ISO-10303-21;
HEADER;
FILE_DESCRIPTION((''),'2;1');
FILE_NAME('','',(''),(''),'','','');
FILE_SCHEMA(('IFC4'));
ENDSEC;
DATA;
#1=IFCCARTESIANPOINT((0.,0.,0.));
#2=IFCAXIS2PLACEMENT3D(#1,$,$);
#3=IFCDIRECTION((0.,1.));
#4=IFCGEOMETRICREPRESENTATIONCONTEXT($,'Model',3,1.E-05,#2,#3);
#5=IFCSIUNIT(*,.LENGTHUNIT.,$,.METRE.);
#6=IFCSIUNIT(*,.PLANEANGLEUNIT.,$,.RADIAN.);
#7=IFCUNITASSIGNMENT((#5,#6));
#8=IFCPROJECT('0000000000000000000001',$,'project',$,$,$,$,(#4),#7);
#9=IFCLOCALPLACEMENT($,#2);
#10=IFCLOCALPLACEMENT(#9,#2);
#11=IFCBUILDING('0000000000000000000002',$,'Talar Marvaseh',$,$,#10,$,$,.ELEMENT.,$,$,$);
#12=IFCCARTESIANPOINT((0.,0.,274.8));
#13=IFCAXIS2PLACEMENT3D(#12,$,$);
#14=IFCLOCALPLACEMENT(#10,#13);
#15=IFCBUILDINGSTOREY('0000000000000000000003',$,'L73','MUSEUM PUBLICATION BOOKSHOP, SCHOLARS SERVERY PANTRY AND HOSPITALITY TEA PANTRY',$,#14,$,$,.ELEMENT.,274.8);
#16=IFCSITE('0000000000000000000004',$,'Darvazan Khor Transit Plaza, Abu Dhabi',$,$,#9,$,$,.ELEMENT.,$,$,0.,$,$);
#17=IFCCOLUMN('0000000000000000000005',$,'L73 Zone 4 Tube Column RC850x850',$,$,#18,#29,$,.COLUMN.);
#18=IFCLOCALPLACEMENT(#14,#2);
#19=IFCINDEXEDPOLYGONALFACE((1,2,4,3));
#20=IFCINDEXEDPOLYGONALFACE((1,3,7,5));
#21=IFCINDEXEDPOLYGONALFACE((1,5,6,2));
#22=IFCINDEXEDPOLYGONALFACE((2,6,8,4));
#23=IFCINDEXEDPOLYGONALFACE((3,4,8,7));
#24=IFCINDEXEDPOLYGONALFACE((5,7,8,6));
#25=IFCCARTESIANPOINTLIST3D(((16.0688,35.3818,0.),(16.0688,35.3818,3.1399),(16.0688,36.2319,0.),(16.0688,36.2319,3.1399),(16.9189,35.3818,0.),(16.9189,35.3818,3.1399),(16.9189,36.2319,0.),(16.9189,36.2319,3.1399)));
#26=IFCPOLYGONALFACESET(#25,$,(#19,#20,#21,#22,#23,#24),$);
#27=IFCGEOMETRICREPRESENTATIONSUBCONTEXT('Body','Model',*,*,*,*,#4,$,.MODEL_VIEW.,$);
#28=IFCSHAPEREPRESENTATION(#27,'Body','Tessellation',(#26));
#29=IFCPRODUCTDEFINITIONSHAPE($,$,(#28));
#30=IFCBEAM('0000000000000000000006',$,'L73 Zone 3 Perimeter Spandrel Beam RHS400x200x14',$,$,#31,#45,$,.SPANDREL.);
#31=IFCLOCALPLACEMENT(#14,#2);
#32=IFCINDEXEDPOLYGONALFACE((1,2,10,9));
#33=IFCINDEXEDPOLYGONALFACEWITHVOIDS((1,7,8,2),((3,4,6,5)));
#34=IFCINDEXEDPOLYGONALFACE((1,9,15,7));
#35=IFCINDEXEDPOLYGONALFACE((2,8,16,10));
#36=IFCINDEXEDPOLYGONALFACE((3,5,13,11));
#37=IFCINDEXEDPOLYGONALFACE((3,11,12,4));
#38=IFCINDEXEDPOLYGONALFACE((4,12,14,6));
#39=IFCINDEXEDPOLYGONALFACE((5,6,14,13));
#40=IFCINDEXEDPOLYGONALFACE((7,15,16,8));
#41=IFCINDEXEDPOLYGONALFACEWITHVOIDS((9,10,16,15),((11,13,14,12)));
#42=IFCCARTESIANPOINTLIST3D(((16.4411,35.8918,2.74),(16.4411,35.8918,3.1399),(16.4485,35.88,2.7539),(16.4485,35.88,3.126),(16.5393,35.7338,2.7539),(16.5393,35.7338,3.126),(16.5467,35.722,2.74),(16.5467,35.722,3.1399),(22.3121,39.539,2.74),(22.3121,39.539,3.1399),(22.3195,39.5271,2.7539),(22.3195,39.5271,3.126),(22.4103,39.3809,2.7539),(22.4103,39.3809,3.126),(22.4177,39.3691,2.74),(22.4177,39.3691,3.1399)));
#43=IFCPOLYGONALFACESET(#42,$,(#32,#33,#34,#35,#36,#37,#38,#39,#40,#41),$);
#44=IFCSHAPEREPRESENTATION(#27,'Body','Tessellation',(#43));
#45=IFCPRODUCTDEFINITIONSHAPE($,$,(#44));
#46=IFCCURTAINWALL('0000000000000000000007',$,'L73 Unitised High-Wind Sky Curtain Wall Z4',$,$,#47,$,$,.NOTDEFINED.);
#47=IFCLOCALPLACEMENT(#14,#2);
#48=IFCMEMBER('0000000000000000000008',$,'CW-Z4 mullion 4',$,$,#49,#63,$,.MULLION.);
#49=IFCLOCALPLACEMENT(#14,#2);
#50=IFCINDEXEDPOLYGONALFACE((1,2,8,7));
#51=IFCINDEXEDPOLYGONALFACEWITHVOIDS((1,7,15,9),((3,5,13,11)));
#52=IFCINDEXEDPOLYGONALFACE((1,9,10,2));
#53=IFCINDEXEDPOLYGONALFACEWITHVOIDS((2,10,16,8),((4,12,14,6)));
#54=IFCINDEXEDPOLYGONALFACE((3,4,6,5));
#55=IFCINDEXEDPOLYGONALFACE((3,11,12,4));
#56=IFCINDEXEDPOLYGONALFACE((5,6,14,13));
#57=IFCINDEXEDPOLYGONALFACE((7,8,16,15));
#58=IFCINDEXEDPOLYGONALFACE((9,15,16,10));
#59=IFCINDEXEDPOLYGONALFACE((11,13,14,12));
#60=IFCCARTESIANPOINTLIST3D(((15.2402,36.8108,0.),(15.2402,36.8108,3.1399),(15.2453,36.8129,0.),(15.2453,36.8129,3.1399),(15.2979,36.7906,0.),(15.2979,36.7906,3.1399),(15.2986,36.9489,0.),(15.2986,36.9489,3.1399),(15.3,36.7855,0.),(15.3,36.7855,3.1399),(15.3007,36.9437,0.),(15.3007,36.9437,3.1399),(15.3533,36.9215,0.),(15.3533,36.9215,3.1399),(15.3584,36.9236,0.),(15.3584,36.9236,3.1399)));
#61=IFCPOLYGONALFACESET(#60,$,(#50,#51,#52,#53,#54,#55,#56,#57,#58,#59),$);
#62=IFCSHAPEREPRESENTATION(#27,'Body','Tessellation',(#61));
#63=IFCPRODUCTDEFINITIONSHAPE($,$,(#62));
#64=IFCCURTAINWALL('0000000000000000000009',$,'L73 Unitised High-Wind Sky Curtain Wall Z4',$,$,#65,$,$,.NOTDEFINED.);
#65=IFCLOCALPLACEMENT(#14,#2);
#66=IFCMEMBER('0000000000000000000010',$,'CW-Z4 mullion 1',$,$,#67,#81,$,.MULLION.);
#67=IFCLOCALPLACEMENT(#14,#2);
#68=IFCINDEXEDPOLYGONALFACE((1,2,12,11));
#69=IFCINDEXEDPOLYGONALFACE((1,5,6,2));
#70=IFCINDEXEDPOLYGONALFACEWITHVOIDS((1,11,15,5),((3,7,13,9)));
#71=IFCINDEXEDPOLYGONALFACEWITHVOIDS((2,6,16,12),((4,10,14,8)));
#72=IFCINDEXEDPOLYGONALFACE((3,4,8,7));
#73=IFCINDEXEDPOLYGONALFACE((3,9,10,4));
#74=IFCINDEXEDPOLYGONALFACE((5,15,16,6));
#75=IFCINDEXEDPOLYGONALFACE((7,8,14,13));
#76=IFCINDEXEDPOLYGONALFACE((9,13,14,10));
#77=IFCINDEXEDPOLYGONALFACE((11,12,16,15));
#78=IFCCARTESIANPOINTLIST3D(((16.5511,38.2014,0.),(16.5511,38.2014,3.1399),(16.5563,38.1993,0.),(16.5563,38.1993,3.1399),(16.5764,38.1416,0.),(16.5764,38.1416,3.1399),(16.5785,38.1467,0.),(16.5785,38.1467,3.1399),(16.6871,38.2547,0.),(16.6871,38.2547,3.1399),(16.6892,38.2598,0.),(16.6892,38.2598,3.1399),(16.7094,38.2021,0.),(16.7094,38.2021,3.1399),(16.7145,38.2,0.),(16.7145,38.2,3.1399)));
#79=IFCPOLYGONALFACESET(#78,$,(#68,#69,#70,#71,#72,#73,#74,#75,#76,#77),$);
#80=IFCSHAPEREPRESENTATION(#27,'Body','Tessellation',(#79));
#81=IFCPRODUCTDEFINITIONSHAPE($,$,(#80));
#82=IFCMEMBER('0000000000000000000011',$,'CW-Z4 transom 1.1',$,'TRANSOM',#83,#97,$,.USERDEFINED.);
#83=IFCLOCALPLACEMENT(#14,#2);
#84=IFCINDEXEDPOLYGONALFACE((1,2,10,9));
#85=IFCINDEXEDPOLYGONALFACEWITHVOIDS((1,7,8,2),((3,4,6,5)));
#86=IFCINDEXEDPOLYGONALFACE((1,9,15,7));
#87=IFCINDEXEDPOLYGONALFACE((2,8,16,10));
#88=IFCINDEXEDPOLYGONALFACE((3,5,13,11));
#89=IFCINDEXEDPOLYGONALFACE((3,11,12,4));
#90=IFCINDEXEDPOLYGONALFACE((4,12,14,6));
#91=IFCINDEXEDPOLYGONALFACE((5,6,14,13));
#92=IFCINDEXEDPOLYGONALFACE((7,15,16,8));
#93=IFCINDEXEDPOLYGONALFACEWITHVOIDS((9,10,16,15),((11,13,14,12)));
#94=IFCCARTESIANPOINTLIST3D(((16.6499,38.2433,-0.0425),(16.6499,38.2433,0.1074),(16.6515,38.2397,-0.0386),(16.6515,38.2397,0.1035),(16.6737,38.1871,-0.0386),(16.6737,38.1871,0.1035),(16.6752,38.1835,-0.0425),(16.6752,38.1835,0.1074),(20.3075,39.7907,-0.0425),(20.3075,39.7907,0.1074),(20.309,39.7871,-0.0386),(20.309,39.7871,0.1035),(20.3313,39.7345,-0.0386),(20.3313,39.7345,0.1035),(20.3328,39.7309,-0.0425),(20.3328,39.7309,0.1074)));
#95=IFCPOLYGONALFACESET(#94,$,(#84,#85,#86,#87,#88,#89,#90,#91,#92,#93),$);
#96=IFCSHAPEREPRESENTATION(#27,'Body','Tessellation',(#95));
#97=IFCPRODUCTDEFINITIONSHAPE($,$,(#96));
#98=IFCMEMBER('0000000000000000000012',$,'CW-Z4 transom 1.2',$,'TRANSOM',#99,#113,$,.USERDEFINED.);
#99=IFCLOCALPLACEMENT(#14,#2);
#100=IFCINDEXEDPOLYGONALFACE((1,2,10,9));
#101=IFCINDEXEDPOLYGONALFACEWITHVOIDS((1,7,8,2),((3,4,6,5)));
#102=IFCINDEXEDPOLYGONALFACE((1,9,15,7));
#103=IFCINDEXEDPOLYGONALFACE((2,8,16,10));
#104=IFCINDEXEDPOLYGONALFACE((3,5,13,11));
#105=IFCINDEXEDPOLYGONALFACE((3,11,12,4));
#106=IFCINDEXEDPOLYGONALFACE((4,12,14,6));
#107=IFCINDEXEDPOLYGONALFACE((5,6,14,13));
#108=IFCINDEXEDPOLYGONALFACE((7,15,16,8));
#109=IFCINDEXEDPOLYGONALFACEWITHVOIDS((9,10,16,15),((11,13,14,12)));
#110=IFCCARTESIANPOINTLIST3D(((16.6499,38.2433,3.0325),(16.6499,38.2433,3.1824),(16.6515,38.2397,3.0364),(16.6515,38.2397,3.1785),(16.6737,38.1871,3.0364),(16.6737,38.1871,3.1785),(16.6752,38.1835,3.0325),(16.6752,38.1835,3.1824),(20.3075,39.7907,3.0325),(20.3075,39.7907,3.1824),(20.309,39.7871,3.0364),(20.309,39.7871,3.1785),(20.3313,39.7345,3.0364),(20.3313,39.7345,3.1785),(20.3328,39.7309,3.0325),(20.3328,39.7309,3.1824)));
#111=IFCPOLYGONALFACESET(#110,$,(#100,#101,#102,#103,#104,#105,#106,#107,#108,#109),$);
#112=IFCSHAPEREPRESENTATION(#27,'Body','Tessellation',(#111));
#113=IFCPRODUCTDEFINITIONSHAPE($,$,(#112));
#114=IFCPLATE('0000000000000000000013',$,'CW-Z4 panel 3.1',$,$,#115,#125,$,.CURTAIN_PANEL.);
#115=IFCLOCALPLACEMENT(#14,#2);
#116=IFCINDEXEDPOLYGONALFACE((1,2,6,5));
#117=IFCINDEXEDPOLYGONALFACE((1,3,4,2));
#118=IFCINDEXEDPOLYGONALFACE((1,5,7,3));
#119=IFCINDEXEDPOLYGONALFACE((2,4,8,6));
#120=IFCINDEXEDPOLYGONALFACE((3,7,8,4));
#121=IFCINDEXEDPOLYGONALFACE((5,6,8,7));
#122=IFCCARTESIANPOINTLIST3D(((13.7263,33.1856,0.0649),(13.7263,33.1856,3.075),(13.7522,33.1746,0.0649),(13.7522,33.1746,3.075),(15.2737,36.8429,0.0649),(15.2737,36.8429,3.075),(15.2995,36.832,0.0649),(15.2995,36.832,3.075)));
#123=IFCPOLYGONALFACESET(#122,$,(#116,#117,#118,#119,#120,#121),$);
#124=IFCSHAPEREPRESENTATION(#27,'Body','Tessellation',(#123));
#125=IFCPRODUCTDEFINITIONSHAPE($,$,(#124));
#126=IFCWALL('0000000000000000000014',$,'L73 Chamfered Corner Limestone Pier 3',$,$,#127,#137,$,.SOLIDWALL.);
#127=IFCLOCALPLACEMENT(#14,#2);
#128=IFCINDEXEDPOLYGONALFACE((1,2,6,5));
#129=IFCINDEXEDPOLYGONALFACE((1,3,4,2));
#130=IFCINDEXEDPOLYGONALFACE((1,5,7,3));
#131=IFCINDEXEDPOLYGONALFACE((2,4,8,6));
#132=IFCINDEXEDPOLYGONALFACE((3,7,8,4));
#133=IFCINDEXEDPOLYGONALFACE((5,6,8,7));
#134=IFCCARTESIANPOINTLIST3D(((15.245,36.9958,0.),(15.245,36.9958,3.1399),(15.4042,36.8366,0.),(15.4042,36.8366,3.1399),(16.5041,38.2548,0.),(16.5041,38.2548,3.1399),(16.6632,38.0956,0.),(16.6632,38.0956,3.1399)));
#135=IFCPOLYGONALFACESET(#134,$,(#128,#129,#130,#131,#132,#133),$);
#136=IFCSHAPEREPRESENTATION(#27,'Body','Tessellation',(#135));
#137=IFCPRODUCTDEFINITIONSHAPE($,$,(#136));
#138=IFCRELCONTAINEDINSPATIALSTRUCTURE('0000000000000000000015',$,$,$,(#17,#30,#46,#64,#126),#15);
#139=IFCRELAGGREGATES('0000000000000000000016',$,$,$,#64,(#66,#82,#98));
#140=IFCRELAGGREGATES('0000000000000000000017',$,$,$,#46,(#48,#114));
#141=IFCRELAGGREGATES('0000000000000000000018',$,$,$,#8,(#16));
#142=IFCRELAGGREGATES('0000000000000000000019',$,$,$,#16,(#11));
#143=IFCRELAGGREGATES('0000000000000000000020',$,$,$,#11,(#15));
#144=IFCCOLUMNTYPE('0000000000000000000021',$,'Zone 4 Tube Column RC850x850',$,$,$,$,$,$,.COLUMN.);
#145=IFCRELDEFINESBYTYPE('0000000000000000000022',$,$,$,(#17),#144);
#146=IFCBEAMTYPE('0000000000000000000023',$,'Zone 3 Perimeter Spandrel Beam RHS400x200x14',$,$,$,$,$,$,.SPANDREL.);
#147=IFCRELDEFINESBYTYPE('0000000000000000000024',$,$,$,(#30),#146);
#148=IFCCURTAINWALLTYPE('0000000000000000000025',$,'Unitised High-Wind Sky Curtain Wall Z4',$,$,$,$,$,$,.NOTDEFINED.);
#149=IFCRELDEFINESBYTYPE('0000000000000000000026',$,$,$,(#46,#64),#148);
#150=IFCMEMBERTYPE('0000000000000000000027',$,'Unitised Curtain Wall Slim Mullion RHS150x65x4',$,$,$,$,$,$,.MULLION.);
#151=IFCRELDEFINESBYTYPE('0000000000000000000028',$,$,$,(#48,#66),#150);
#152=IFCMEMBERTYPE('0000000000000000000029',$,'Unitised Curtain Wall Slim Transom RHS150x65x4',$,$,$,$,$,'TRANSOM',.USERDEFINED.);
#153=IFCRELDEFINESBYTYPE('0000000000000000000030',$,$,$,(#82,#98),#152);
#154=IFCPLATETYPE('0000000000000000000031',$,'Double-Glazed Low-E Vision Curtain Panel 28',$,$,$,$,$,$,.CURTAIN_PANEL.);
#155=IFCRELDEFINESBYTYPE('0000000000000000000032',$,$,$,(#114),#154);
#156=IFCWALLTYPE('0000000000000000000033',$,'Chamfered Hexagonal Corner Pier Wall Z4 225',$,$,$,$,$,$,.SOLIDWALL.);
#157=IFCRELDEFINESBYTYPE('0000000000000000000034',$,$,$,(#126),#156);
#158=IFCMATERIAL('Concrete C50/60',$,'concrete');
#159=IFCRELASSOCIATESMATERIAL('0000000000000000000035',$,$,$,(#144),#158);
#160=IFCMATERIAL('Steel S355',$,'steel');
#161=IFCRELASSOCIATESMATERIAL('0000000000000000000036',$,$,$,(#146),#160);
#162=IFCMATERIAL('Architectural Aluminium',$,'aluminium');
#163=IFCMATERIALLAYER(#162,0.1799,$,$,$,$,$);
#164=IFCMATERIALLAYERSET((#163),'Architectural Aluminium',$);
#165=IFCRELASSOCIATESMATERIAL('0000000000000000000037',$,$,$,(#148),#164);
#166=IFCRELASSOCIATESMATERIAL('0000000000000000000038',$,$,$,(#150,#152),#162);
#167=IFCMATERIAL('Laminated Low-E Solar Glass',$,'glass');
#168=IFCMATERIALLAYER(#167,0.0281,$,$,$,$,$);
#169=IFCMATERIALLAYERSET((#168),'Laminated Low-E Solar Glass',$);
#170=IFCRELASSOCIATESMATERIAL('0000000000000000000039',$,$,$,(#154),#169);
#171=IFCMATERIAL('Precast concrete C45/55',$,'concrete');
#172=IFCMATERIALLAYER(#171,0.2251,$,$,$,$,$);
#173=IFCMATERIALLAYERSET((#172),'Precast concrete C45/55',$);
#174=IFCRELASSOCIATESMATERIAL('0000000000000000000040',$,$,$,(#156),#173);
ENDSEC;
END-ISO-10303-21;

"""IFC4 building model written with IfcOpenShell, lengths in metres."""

from ifc_helpers import new_model, si_unit, direction, frame, frame_2d, origin, origin_2d, place, context, subcontext, project, spatial, rectangle, hollow_rectangle, extrude, source, transform, mapped, material, layer, layer_set, material_profile, profile_set, type_object, type_shapes, element, aggregate, save


model = new_model("IFC4")

# Units and contexts
model_context = context("Model", 3, precision=1e-05, world=origin(), true_north=direction((0.0, 1.0)))
body_context = subcontext(model_context, "Body", "Model", "MODEL_VIEW")
ifc_project = project(units=[si_unit("LENGTHUNIT", "METRE"), si_unit("PLANEANGLEUNIT", "RADIAN")], contexts=[model_context])

# Site, building, storey
site_placement = place(None, origin())
site = spatial("IfcSite", under=ifc_project, at=site_placement, Name="Darvazan Khor Transit Plaza, Abu Dhabi", CompositionType="ELEMENT", RefElevation=0.0)
building_placement = place(site_placement, origin())
building = spatial("IfcBuilding", under=site, at=building_placement, Name="Talar Marvaseh", CompositionType="ELEMENT")
storey_placement = place(building_placement, frame((0.0, 0.0, 274.8)))
storey = spatial("IfcBuildingStorey", under=building, at=storey_placement, Name="L73", Description="MUSEUM PUBLICATION BOOKSHOP, SCHOLARS SERVERY PANTRY AND HOSPITALITY TEA PANTRY", CompositionType="ELEMENT", Elevation=274.8)

# Column
ifc_material_1 = material(Name="Concrete C50/60", Category="concrete")
ifc_material_profile_1 = material_profile(ifc_material_1, rectangle(XDim=0.8501, YDim=0.8501, at=origin_2d()), Name="RC850x850")
ifc_profile_set_1 = profile_set([ifc_material_profile_1], Name="Concrete C50/60")
column_type = type_object("IfcColumnType", Name="Zone 4 Tube Column RC850x850", PredefinedType="COLUMN", material=ifc_profile_set_1)
column_placement = place(storey_placement, frame((16.4939, 35.8069, 0.0), z_axis=(0.0, 0.0, 1.0), x_axis=(1.0, 0.0, 0.0)))
element("IfcColumn", 1, at=column_placement, inside=storey, type_object=column_type, Name="L73 Zone 4 Tube Column RC850x850", PredefinedType="COLUMN", context=body_context, shape_type="SweptSolid", body=[
    extrude(rectangle(XDim=0.8501, YDim=0.8501, at=origin_2d()), origin(), (0.0, 0.0, 1.0), 3.1399),
])

# Beam
ifc_material_2 = material(Name="Steel S355", Category="steel")
ifc_material_profile_2 = material_profile(ifc_material_2, hollow_rectangle(XDim=0.2, YDim=0.3999, WallThickness=0.0139, at=origin_2d()), Name="RHS400x200x14")
ifc_profile_set_2 = profile_set([ifc_material_profile_2], Name="Steel S355")
beam_type = type_object("IfcBeamType", Name="Zone 3 Perimeter Spandrel Beam RHS400x200x14", PredefinedType="SPANDREL", material=ifc_profile_set_2)
beam_placement = place(storey_placement, frame((16.4939, 35.8069, 2.9399), z_axis=(0.84944, 0.527686, 0.0), x_axis=(-0.527686, 0.84944, 0.0)))
element("IfcBeam", 2, at=beam_placement, inside=storey, type_object=beam_type, Name="L73 Zone 3 Perimeter Spandrel Beam RHS400x200x14", PredefinedType="SPANDREL", context=body_context, shape_type="SweptSolid", body=[
    extrude(hollow_rectangle(XDim=0.2, YDim=0.3999, WallThickness=0.0139, at=origin_2d()), origin(), (0.0, 0.0, 1.0), 6.9116),
])

# Curtain wall, member
ifc_material_3 = material(Name="Architectural Aluminium", Category="aluminium")
ifc_layer_1 = layer(ifc_material_3, 0.1799)
ifc_layer_set_1 = layer_set([ifc_layer_1], Name="Architectural Aluminium")
curtain_wall_type = type_object("IfcCurtainWallType", Name="Unitised High-Wind Sky Curtain Wall Z4", PredefinedType="NOTDEFINED", material=ifc_layer_set_1)
curtain_wall_1_placement = place(storey_placement, origin())
curtain_wall_1 = element("IfcCurtainWall", 3, at=curtain_wall_1_placement, inside=storey, type_object=curtain_wall_type, Name="L73 Unitised High-Wind Sky Curtain Wall Z4", PredefinedType="NOTDEFINED")
ifc_material_profile_3 = material_profile(ifc_material_3, hollow_rectangle(XDim=0.0649, YDim=0.1499, WallThickness=0.0039, at=origin_2d()), Name="RHS150x65x4")
ifc_profile_set_3 = profile_set([ifc_material_profile_3], Name="Architectural Aluminium")
member_type_1 = type_object("IfcMemberType", Name="Unitised Curtain Wall Slim Mullion RHS150x65x4", PredefinedType="MULLION", material=ifc_profile_set_3)
shared_shape_1 = source(origin(), body_context, "Body", "SweptSolid", [
    extrude(hollow_rectangle(XDim=0.0649, YDim=0.1499, WallThickness=0.0039, at=origin_2d()), origin(), (0.0, 0.0, 1.0), 3.1399),
])
type_shapes(member_type_1, [shared_shape_1])
member_1_placement = place(storey_placement, frame((15.2993, 36.8672, 0.0), z_axis=(0.0, 0.0, 1.0), x_axis=(-0.920968, 0.389638, 0.0)))
member_1 = element("IfcMember", 4, at=member_1_placement, type_object=member_type_1, Name="CW-Z4 mullion 4", PredefinedType="MULLION", context=body_context, shape_type="MappedRepresentation", body=[
    mapped(shared_shape_1, transform((0.0, 0.0, 0.0), x_axis=(1.0, 0.0, 0.0), y_axis=(0.0, 1.0, 0.0), z_axis=(0.0, 0.0, 1.0), scale=1.0)),
])

# Curtain wall, members
curtain_wall_2_placement = place(storey_placement, origin())
curtain_wall_2 = element("IfcCurtainWall", 5, at=curtain_wall_2_placement, inside=storey, type_object=curtain_wall_type, Name="L73 Unitised High-Wind Sky Curtain Wall Z4", PredefinedType="NOTDEFINED")
member_2_placement = place(storey_placement, frame((16.6328, 38.2007, 0.0), z_axis=(0.0, 0.0, 1.0), x_axis=(-0.389638, 0.920968, 0.0)))
member_2 = element("IfcMember", 6, at=member_2_placement, type_object=member_type_1, Name="CW-Z4 mullion 1", PredefinedType="MULLION", context=body_context, shape_type="MappedRepresentation", body=[
    mapped(shared_shape_1, transform((0.0, 0.0, 0.0), x_axis=(1.0, 0.0, 0.0), y_axis=(0.0, 1.0, 0.0), z_axis=(0.0, 0.0, 1.0), scale=1.0)),
])
ifc_material_profile_4 = material_profile(ifc_material_3, hollow_rectangle(XDim=0.0649, YDim=0.1499, WallThickness=0.0039, at=origin_2d()), Name="RHS150x65x4")
ifc_profile_set_4 = profile_set([ifc_material_profile_4], Name="Architectural Aluminium")
member_type_2 = type_object("IfcMemberType", Name="Unitised Curtain Wall Slim Transom RHS150x65x4", ElementType="TRANSOM", PredefinedType="USERDEFINED", material=ifc_profile_set_4)
shared_shape_2 = source(origin(), body_context, "Body", "SweptSolid", [
    extrude(hollow_rectangle(XDim=0.0649, YDim=0.1499, WallThickness=0.0039, at=origin_2d()), origin(), (0.0, 0.0, 1.0), 3.9714),
])
type_shapes(member_type_2, [shared_shape_2])
member_3_placement = place(storey_placement, frame((16.6626, 38.2134, 0.0325), z_axis=(0.92097, 0.389634, 0.0), x_axis=(-0.389634, 0.92097, 0.0)))
member_3 = element("IfcMember", 7, at=member_3_placement, type_object=member_type_2, Name="CW-Z4 transom 1.1", ObjectType="TRANSOM", PredefinedType="USERDEFINED", context=body_context, shape_type="MappedRepresentation", body=[
    mapped(shared_shape_2, transform((0.0, 0.0, 0.0), x_axis=(1.0, 0.0, 0.0), y_axis=(0.0, 1.0, 0.0), z_axis=(0.0, 0.0, 1.0), scale=1.0)),
])
member_4_placement = place(storey_placement, frame((16.6626, 38.2134, 3.1074), z_axis=(0.92097, 0.389634, 0.0), x_axis=(-0.389634, 0.92097, 0.0)))
member_4 = element("IfcMember", 8, at=member_4_placement, type_object=member_type_2, Name="CW-Z4 transom 1.2", ObjectType="TRANSOM", PredefinedType="USERDEFINED", context=body_context, shape_type="MappedRepresentation", body=[
    mapped(shared_shape_2, transform((0.0, 0.0, 0.0), x_axis=(1.0, 0.0, 0.0), y_axis=(0.0, 1.0, 0.0), z_axis=(0.0, 0.0, 1.0), scale=1.0)),
])
aggregate(curtain_wall_2, [member_2, member_3, member_4])

# Plate
ifc_material_4 = material(Name="Laminated Low-E Solar Glass", Category="glass")
ifc_layer_2 = layer(ifc_material_4, 0.0281)
ifc_layer_set_2 = layer_set([ifc_layer_2], Name="Laminated Low-E Solar Glass")
plate_type = type_object("IfcPlateType", Name="Double-Glazed Low-E Vision Curtain Panel 28", PredefinedType="CURTAIN_PANEL", material=ifc_layer_set_2)
shared_shape_3 = source(origin(), body_context, "Body", "SweptSolid", [
    extrude(rectangle(XDim=3.9712, YDim=0.0281, at=origin_2d()), origin(), (0.0, 0.0, 1.0), 3.01),
])
type_shapes(plate_type, [shared_shape_3])
plate_placement = place(storey_placement, frame((14.5129, 35.0088, 0.0649), z_axis=(0.0, 0.0, 1.0), x_axis=(0.389638, 0.920968, 0.0)))
plate = element("IfcPlate", 9, at=plate_placement, type_object=plate_type, Name="CW-Z4 panel 3.1", PredefinedType="CURTAIN_PANEL", context=body_context, shape_type="MappedRepresentation", body=[
    mapped(shared_shape_3, transform((0.0, 0.0, 0.0), x_axis=(1.0, 0.0, 0.0), y_axis=(0.0, 1.0, 0.0), z_axis=(0.0, 0.0, 1.0), scale=1.0)),
])
aggregate(curtain_wall_1, [member_1, plate])

# Wall
ifc_material_5 = material(Name="Precast concrete C45/55", Category="concrete")
ifc_layer_3 = layer(ifc_material_5, 0.2251)
ifc_layer_set_3 = layer_set([ifc_layer_3], Name="Precast concrete C45/55")
wall_type_1 = type_object("IfcWallType", Name="Chamfered Hexagonal Corner Pier Wall Z4 225", PredefinedType="SOLIDWALL", material=ifc_layer_set_3)
wall_1_placement = place(storey_placement, frame((15.3247, 36.9163, 0.0), z_axis=(0.0, 0.0, 1.0), x_axis=(0.707107, 0.707107, 0.0)))
element("IfcWall", 10, at=wall_1_placement, inside=storey, type_object=wall_type_1, Name="L73 Chamfered Corner Limestone Pier 3", PredefinedType="SOLIDWALL", context=body_context, shape_type="SweptSolid", body=[
    extrude(rectangle(XDim=1.7805, YDim=0.2251, at=frame_2d((0.8901, 0.0))), origin(), (0.0, 0.0, 1.0), 3.1399),
])

save(model, "model.ifc")
